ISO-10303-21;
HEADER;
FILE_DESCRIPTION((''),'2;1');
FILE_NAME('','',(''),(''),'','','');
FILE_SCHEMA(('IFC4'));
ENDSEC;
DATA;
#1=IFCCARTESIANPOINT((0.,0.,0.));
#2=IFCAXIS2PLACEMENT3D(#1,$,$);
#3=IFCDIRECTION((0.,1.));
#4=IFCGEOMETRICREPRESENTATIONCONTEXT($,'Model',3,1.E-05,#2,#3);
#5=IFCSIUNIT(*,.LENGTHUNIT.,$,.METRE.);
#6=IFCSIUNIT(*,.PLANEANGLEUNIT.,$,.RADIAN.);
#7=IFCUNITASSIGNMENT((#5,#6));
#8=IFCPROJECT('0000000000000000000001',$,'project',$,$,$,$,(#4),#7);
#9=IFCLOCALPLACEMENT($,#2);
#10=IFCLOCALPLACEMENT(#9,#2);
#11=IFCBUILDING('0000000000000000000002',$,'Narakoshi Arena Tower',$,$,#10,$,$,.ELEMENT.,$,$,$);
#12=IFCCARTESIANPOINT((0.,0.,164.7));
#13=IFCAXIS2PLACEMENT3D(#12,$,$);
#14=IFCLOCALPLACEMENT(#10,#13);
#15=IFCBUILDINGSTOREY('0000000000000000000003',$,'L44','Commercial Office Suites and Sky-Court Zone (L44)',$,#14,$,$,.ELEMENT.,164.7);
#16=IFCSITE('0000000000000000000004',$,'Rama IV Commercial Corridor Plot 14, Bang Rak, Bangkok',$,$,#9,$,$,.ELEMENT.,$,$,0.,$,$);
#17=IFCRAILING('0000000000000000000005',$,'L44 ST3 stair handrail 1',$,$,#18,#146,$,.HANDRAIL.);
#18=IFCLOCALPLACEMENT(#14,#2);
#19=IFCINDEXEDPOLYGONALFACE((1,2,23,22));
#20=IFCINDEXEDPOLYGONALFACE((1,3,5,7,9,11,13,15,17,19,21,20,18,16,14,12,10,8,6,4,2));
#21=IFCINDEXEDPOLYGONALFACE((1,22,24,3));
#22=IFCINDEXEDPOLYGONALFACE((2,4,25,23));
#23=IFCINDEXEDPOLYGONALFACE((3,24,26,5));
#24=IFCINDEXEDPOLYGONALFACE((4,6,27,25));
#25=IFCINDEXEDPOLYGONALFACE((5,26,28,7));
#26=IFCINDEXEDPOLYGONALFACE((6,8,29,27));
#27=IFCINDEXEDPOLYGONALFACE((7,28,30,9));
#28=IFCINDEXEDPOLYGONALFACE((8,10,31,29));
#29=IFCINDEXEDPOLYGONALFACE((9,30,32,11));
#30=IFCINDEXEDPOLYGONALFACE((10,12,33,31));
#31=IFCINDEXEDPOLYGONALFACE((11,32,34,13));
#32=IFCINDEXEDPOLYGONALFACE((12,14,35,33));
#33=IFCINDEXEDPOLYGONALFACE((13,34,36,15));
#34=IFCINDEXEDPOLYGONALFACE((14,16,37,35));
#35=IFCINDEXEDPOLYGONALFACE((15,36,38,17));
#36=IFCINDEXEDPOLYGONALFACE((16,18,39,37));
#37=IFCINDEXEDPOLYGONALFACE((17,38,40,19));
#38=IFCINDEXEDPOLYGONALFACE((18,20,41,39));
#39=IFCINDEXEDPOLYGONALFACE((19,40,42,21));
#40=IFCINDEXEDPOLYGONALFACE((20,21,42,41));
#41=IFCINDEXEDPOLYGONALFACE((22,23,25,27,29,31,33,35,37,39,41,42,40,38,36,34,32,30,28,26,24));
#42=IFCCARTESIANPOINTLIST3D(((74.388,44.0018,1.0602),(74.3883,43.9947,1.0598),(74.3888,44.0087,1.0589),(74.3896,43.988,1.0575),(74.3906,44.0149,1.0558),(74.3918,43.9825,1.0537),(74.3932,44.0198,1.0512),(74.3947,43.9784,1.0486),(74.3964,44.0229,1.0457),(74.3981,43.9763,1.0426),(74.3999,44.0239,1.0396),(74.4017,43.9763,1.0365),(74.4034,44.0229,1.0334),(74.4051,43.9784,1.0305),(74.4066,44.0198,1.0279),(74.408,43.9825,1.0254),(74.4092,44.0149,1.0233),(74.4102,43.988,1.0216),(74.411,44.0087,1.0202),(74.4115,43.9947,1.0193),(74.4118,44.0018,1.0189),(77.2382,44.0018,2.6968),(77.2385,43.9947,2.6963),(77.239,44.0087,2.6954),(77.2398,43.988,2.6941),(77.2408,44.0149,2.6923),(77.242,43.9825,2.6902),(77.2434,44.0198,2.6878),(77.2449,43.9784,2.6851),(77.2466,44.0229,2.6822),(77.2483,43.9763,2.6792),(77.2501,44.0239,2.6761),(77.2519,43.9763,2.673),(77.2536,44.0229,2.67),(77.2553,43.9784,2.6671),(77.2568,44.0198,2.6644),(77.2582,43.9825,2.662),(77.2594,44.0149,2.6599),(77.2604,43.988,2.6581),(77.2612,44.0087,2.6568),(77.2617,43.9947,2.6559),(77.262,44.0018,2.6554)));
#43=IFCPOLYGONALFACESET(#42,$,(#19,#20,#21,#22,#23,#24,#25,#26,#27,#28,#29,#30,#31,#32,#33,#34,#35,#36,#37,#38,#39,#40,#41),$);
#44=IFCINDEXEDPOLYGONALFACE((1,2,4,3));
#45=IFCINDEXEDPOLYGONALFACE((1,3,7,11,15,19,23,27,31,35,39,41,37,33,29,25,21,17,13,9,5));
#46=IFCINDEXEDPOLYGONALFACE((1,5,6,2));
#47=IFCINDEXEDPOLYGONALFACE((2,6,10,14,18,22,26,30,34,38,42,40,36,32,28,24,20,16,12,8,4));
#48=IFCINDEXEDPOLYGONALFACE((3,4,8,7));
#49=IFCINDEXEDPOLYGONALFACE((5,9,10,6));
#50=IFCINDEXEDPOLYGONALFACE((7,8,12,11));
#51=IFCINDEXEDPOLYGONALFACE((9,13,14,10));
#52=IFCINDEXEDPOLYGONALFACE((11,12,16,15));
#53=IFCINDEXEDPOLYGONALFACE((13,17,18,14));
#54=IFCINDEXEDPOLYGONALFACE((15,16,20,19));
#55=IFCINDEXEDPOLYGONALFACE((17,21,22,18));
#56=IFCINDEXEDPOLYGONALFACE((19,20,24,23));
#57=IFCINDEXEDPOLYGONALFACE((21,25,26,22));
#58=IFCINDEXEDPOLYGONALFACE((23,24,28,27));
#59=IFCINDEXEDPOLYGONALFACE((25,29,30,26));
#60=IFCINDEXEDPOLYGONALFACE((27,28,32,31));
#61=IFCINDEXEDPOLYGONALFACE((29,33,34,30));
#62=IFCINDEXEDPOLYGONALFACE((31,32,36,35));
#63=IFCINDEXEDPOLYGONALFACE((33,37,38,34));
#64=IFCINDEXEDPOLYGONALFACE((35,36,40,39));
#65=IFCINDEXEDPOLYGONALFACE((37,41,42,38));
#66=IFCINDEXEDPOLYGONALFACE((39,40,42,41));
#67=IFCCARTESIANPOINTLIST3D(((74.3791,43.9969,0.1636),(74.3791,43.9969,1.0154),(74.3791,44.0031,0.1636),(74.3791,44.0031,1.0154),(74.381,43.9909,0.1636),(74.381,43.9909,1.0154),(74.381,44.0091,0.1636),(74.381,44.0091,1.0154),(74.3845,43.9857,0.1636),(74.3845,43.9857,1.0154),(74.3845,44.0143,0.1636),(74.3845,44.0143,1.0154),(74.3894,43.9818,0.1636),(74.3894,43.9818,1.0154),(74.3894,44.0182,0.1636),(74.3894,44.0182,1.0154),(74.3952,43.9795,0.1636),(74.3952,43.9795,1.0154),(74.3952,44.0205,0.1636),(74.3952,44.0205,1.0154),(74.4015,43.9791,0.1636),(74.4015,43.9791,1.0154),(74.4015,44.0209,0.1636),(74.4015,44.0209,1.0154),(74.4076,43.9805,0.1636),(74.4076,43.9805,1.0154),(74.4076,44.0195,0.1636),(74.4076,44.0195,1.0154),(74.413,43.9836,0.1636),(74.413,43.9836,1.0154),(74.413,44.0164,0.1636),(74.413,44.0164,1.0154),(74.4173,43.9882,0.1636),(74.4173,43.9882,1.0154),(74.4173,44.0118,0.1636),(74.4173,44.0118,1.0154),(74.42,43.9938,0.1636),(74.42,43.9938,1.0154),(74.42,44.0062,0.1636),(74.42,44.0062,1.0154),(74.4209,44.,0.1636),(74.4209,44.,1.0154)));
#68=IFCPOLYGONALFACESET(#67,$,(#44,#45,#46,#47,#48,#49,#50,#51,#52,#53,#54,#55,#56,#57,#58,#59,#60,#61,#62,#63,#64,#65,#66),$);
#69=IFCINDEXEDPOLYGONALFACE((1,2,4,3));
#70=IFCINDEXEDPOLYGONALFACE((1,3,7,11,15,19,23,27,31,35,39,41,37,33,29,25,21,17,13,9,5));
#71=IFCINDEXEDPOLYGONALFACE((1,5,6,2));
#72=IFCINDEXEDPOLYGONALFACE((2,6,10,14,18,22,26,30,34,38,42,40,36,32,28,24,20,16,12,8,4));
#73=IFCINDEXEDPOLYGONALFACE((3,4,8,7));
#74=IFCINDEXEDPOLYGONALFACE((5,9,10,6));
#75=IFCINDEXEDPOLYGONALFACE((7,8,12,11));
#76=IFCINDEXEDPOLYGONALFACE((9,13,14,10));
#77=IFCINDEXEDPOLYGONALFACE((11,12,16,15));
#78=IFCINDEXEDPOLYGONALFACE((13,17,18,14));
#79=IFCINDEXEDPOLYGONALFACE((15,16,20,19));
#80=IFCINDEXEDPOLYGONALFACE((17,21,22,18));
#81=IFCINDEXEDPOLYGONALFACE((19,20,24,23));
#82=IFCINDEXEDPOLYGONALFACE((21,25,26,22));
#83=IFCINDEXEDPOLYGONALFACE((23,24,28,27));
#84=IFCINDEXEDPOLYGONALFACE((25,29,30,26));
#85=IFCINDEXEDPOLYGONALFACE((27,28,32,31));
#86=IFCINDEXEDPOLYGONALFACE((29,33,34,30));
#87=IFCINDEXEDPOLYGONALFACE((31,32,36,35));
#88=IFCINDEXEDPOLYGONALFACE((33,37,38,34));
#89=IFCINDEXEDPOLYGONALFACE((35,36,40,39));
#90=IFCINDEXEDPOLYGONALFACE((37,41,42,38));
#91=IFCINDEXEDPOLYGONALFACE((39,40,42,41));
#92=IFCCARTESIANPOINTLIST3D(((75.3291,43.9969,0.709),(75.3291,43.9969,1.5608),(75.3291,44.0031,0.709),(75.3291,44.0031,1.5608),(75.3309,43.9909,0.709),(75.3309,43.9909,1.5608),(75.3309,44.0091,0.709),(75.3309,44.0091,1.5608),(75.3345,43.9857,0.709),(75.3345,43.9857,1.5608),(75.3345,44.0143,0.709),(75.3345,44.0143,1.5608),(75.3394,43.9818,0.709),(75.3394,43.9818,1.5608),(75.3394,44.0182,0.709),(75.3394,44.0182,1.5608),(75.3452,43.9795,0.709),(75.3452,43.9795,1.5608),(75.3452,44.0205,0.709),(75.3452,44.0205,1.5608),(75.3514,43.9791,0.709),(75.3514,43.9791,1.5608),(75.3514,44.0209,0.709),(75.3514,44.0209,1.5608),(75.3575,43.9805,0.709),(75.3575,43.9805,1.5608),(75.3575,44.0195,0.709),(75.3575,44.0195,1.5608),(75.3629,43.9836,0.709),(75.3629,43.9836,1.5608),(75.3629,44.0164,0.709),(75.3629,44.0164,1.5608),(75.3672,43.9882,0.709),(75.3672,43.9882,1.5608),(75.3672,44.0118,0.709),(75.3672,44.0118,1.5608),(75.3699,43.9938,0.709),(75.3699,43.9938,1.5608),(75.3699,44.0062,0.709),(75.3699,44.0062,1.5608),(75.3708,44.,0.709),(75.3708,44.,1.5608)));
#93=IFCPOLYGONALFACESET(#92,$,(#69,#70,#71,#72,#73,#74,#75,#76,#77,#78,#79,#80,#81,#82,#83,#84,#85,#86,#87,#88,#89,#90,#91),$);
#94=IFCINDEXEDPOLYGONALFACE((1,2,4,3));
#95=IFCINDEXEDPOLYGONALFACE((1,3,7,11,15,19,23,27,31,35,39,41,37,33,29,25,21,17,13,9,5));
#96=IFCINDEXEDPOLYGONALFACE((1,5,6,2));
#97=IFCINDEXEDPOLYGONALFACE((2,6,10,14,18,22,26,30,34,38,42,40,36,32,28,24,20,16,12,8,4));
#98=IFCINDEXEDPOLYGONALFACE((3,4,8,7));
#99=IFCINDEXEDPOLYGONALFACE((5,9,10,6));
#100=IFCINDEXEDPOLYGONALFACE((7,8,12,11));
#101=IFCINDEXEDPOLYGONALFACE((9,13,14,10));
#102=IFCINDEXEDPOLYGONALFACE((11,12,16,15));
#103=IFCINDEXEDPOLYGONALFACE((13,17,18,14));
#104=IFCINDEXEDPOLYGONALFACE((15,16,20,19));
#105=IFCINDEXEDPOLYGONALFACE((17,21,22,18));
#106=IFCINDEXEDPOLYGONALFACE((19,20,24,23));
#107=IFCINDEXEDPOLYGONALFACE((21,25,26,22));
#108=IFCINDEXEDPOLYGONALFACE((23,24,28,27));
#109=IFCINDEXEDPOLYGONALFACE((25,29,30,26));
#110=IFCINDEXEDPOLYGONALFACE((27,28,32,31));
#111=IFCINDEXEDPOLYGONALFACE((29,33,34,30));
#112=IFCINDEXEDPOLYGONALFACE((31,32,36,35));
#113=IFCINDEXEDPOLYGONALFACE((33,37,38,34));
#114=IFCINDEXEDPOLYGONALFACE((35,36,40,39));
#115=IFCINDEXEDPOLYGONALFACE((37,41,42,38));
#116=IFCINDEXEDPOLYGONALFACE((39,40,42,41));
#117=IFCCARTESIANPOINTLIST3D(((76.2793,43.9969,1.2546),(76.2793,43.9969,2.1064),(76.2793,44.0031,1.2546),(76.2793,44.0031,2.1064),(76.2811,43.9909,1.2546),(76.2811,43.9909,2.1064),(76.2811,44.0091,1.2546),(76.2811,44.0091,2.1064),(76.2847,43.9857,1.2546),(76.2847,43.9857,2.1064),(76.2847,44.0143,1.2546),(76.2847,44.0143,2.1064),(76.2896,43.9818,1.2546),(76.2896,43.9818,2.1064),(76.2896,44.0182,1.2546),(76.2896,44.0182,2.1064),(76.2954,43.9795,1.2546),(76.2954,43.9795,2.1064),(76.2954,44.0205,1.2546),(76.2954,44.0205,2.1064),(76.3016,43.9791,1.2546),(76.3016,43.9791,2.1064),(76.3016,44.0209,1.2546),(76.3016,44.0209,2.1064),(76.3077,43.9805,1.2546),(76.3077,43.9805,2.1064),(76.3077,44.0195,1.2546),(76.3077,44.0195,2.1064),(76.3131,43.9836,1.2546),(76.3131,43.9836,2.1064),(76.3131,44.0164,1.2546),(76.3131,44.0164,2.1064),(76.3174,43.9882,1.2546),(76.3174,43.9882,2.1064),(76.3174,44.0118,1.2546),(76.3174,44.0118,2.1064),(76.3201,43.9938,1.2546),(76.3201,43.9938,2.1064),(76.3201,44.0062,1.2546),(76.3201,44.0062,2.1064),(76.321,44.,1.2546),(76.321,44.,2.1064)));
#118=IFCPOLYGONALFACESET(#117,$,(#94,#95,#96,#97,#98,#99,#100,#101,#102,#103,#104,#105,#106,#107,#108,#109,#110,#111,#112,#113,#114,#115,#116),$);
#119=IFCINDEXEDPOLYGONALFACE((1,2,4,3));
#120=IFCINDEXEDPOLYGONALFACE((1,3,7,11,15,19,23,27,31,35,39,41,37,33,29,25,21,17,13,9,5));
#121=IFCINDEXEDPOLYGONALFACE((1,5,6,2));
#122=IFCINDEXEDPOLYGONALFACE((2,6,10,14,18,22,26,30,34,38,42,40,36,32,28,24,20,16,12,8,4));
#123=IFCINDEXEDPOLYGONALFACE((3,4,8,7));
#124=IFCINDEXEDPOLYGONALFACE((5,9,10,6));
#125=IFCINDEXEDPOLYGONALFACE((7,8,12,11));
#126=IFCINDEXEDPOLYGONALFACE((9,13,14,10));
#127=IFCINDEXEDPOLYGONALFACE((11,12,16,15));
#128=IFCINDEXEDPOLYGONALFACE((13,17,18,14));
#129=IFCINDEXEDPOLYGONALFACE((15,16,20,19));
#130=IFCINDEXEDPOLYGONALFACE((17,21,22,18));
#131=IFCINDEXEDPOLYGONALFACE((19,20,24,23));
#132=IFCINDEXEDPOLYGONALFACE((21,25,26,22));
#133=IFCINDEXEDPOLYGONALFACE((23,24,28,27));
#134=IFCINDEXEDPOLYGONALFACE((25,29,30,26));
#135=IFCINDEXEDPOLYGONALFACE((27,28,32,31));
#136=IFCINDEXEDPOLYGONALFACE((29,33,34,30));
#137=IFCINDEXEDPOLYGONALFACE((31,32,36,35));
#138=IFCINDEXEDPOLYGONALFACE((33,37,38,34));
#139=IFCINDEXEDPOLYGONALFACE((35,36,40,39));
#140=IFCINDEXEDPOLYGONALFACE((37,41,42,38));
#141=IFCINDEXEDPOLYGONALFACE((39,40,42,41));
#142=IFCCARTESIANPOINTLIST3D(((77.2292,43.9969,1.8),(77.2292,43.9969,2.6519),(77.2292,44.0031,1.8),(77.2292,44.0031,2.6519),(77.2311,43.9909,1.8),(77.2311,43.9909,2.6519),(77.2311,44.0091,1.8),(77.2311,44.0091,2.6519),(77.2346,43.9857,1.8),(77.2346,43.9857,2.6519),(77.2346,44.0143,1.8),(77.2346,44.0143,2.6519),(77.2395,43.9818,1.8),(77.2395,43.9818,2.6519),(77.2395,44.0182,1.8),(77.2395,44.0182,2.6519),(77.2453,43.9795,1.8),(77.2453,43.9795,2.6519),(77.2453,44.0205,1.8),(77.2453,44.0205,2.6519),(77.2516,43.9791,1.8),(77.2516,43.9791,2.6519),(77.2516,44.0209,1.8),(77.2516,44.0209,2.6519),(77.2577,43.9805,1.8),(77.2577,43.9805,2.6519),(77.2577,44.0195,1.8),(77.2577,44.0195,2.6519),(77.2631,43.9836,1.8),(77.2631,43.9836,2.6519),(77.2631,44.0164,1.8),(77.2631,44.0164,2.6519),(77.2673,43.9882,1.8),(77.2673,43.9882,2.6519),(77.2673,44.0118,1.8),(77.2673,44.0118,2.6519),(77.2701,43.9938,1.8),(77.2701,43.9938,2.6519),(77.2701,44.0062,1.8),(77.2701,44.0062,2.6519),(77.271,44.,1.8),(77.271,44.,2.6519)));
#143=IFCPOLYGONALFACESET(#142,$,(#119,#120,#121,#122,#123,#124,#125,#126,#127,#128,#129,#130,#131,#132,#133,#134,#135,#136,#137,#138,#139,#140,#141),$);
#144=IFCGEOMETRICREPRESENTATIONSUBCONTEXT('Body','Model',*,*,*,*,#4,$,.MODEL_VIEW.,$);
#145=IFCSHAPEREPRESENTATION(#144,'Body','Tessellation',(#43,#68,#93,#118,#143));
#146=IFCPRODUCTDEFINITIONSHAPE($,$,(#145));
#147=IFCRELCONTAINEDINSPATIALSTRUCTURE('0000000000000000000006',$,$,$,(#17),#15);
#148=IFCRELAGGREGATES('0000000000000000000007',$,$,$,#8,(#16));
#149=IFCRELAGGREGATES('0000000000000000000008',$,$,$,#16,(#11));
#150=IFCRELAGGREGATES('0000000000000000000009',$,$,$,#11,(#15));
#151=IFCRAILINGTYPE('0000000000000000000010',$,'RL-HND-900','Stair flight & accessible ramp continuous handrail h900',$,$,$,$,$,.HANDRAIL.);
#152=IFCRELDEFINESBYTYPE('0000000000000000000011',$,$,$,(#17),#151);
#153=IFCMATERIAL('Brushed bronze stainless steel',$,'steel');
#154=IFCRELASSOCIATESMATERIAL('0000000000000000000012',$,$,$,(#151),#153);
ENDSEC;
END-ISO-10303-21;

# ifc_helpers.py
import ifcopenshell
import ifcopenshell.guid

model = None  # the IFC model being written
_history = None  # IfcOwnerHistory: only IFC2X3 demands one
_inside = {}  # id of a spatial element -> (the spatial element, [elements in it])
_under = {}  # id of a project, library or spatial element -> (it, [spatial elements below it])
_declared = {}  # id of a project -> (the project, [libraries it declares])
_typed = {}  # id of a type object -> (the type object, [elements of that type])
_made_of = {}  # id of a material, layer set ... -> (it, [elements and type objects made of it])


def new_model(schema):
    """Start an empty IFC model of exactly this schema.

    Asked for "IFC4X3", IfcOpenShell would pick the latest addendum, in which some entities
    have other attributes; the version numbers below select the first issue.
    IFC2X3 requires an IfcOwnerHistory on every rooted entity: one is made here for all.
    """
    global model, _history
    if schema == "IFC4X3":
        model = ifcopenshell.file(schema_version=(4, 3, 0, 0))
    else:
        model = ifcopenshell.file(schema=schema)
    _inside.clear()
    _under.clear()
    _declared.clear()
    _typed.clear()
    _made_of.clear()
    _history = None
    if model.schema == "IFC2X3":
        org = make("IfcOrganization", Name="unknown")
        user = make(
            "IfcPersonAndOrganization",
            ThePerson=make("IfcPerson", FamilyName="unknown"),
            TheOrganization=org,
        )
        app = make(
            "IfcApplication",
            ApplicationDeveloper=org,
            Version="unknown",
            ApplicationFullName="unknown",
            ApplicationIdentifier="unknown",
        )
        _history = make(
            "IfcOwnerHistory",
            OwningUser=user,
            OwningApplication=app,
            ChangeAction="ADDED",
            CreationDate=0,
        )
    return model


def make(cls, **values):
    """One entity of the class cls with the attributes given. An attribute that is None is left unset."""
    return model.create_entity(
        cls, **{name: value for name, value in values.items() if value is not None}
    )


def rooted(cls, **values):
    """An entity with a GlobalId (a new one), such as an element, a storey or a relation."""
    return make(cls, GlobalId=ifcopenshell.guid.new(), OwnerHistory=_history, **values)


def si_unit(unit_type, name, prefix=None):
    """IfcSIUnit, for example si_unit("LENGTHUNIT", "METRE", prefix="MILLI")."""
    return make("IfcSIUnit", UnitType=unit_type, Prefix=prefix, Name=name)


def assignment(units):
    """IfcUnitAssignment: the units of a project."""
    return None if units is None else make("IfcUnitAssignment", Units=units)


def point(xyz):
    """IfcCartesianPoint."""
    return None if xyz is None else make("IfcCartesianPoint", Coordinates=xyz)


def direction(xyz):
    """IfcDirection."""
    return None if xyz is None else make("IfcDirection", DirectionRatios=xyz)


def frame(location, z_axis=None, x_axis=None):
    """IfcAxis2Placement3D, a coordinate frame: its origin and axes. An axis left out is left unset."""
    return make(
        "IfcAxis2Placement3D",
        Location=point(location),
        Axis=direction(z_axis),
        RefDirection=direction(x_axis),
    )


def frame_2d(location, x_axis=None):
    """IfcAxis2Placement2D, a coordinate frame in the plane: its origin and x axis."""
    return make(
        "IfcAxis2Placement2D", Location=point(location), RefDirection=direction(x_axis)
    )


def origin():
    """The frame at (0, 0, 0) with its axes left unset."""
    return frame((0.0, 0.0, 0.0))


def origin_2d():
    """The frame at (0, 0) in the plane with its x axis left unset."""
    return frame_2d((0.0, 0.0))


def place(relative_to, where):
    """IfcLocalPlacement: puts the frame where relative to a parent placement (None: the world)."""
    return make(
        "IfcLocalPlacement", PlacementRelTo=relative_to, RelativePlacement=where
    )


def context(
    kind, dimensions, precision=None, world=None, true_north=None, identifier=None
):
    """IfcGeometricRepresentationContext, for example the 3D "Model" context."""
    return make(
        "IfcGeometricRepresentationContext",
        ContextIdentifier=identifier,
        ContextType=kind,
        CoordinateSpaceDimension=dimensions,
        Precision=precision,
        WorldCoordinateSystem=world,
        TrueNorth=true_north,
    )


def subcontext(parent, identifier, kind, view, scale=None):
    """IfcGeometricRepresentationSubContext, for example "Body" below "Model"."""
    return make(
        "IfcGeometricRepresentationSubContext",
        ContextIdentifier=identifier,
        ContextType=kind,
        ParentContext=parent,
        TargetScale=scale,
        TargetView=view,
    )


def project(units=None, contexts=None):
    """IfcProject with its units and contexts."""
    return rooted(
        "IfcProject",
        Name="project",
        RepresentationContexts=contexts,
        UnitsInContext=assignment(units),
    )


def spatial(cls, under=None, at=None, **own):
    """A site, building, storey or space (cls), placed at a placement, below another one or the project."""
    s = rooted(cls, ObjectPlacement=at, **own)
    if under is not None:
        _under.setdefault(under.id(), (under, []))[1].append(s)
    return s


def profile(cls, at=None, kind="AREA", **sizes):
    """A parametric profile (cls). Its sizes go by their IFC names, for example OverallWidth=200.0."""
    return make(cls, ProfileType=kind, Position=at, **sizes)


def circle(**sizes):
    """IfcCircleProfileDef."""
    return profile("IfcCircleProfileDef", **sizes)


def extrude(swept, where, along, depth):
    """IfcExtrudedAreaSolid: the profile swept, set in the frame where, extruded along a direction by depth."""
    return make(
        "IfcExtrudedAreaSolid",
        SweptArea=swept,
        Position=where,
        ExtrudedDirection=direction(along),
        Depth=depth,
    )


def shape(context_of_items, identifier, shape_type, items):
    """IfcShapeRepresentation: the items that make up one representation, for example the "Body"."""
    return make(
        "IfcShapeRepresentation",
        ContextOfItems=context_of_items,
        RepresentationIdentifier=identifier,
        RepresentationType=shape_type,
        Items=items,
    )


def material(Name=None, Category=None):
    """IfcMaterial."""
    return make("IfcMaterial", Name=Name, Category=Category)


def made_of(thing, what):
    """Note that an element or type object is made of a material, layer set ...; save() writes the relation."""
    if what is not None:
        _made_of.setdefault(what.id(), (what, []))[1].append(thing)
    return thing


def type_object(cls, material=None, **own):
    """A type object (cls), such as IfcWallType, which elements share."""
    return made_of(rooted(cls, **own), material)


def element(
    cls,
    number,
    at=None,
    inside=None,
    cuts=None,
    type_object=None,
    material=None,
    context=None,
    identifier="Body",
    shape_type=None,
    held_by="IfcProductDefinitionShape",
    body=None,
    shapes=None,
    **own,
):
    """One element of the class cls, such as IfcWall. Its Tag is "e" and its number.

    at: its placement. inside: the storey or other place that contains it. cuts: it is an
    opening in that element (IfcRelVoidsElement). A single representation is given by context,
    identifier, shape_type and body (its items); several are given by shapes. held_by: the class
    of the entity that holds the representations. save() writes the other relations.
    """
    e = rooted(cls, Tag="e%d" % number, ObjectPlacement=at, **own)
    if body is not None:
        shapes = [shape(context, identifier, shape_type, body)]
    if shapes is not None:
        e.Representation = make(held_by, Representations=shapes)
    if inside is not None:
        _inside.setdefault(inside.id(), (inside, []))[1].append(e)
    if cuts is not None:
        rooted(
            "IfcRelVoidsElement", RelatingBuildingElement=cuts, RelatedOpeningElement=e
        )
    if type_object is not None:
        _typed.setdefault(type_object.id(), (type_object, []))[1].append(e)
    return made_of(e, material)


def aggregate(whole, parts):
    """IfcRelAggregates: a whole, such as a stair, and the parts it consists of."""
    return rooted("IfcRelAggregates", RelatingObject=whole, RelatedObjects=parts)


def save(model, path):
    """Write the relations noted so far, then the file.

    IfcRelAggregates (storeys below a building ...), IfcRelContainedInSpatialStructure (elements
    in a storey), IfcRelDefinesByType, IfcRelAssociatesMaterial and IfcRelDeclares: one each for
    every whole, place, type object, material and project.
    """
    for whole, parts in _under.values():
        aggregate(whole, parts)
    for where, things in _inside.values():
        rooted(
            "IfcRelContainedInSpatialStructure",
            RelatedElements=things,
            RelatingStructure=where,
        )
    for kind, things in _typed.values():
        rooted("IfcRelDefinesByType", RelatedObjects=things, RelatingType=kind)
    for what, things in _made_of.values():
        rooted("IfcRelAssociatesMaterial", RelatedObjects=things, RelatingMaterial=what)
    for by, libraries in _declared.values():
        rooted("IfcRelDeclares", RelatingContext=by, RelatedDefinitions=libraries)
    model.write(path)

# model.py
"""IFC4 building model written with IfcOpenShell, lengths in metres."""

from ifc_helpers import new_model, si_unit, direction, frame, origin, origin_2d, place, context, subcontext, project, spatial, circle, extrude, material, type_object, element, save


model = new_model("IFC4")

# Units and contexts
model_context = context("Model", 3, precision=1e-05, world=origin(), true_north=direction((0.0, 1.0)))
body_context = subcontext(model_context, "Body", "Model", "MODEL_VIEW")
ifc_project = project(units=[si_unit("LENGTHUNIT", "METRE"), si_unit("PLANEANGLEUNIT", "RADIAN")], contexts=[model_context])

# Site, building, storey
site_placement = place(None, origin())
site = spatial("IfcSite", under=ifc_project, at=site_placement, Name="Rama IV Commercial Corridor Plot 14, Bang Rak, Bangkok", CompositionType="ELEMENT", RefElevation=0.0)
building_placement = place(site_placement, origin())
building = spatial("IfcBuilding", under=site, at=building_placement, Name="Narakoshi Arena Tower", CompositionType="ELEMENT")
storey_placement = place(building_placement, frame((0.0, 0.0, 164.7)))
storey = spatial("IfcBuildingStorey", under=building, at=storey_placement, Name="L44", Description="Commercial Office Suites and Sky-Court Zone (L44)", CompositionType="ELEMENT", Elevation=164.7)

# Railing
ifc_material_1 = material(Name="Brushed bronze stainless steel", Category="steel")
railing_type_1 = type_object("IfcRailingType", Name="RL-HND-900", Description="Stair flight & accessible ramp continuous handrail h900", PredefinedType="HANDRAIL", material=ifc_material_1)
for number, where, name in (
    (1, (74.3999, 44.0, 0.1636), "L44 ST3 stair handrail 1"),
):
    element("IfcRailing", number, at=place(storey_placement, frame(where)), inside=storey, type_object=railing_type_1, Name=name, PredefinedType="HANDRAIL", context=body_context, shape_type="SweptSolid", body=[
        extrude(circle(Radius=0.0239, at=origin_2d()), frame((0.0, 0.0, 0.876), z_axis=(0.867213, 0.0, 0.497938), x_axis=(0.0, 1.0, 0.0)), (0.0, 0.0, 1.0), 3.2866),
        extrude(circle(Radius=0.021, at=origin_2d()), origin(), (0.0, 0.0, 1.0), 0.8518),
        extrude(circle(Radius=0.021, at=origin_2d()), frame((0.95, 0.0, 0.5454)), (0.0, 0.0, 1.0), 0.8518),
        extrude(circle(Radius=0.021, at=origin_2d()), frame((1.9001, 0.0, 1.0911)), (0.0, 0.0, 1.0), 0.8518),
        extrude(circle(Radius=0.021, at=origin_2d()), frame((2.8501, 0.0, 1.6365)), (0.0, 0.0, 1.0), 0.8518),
    ])

save(model, "model.ifc")
